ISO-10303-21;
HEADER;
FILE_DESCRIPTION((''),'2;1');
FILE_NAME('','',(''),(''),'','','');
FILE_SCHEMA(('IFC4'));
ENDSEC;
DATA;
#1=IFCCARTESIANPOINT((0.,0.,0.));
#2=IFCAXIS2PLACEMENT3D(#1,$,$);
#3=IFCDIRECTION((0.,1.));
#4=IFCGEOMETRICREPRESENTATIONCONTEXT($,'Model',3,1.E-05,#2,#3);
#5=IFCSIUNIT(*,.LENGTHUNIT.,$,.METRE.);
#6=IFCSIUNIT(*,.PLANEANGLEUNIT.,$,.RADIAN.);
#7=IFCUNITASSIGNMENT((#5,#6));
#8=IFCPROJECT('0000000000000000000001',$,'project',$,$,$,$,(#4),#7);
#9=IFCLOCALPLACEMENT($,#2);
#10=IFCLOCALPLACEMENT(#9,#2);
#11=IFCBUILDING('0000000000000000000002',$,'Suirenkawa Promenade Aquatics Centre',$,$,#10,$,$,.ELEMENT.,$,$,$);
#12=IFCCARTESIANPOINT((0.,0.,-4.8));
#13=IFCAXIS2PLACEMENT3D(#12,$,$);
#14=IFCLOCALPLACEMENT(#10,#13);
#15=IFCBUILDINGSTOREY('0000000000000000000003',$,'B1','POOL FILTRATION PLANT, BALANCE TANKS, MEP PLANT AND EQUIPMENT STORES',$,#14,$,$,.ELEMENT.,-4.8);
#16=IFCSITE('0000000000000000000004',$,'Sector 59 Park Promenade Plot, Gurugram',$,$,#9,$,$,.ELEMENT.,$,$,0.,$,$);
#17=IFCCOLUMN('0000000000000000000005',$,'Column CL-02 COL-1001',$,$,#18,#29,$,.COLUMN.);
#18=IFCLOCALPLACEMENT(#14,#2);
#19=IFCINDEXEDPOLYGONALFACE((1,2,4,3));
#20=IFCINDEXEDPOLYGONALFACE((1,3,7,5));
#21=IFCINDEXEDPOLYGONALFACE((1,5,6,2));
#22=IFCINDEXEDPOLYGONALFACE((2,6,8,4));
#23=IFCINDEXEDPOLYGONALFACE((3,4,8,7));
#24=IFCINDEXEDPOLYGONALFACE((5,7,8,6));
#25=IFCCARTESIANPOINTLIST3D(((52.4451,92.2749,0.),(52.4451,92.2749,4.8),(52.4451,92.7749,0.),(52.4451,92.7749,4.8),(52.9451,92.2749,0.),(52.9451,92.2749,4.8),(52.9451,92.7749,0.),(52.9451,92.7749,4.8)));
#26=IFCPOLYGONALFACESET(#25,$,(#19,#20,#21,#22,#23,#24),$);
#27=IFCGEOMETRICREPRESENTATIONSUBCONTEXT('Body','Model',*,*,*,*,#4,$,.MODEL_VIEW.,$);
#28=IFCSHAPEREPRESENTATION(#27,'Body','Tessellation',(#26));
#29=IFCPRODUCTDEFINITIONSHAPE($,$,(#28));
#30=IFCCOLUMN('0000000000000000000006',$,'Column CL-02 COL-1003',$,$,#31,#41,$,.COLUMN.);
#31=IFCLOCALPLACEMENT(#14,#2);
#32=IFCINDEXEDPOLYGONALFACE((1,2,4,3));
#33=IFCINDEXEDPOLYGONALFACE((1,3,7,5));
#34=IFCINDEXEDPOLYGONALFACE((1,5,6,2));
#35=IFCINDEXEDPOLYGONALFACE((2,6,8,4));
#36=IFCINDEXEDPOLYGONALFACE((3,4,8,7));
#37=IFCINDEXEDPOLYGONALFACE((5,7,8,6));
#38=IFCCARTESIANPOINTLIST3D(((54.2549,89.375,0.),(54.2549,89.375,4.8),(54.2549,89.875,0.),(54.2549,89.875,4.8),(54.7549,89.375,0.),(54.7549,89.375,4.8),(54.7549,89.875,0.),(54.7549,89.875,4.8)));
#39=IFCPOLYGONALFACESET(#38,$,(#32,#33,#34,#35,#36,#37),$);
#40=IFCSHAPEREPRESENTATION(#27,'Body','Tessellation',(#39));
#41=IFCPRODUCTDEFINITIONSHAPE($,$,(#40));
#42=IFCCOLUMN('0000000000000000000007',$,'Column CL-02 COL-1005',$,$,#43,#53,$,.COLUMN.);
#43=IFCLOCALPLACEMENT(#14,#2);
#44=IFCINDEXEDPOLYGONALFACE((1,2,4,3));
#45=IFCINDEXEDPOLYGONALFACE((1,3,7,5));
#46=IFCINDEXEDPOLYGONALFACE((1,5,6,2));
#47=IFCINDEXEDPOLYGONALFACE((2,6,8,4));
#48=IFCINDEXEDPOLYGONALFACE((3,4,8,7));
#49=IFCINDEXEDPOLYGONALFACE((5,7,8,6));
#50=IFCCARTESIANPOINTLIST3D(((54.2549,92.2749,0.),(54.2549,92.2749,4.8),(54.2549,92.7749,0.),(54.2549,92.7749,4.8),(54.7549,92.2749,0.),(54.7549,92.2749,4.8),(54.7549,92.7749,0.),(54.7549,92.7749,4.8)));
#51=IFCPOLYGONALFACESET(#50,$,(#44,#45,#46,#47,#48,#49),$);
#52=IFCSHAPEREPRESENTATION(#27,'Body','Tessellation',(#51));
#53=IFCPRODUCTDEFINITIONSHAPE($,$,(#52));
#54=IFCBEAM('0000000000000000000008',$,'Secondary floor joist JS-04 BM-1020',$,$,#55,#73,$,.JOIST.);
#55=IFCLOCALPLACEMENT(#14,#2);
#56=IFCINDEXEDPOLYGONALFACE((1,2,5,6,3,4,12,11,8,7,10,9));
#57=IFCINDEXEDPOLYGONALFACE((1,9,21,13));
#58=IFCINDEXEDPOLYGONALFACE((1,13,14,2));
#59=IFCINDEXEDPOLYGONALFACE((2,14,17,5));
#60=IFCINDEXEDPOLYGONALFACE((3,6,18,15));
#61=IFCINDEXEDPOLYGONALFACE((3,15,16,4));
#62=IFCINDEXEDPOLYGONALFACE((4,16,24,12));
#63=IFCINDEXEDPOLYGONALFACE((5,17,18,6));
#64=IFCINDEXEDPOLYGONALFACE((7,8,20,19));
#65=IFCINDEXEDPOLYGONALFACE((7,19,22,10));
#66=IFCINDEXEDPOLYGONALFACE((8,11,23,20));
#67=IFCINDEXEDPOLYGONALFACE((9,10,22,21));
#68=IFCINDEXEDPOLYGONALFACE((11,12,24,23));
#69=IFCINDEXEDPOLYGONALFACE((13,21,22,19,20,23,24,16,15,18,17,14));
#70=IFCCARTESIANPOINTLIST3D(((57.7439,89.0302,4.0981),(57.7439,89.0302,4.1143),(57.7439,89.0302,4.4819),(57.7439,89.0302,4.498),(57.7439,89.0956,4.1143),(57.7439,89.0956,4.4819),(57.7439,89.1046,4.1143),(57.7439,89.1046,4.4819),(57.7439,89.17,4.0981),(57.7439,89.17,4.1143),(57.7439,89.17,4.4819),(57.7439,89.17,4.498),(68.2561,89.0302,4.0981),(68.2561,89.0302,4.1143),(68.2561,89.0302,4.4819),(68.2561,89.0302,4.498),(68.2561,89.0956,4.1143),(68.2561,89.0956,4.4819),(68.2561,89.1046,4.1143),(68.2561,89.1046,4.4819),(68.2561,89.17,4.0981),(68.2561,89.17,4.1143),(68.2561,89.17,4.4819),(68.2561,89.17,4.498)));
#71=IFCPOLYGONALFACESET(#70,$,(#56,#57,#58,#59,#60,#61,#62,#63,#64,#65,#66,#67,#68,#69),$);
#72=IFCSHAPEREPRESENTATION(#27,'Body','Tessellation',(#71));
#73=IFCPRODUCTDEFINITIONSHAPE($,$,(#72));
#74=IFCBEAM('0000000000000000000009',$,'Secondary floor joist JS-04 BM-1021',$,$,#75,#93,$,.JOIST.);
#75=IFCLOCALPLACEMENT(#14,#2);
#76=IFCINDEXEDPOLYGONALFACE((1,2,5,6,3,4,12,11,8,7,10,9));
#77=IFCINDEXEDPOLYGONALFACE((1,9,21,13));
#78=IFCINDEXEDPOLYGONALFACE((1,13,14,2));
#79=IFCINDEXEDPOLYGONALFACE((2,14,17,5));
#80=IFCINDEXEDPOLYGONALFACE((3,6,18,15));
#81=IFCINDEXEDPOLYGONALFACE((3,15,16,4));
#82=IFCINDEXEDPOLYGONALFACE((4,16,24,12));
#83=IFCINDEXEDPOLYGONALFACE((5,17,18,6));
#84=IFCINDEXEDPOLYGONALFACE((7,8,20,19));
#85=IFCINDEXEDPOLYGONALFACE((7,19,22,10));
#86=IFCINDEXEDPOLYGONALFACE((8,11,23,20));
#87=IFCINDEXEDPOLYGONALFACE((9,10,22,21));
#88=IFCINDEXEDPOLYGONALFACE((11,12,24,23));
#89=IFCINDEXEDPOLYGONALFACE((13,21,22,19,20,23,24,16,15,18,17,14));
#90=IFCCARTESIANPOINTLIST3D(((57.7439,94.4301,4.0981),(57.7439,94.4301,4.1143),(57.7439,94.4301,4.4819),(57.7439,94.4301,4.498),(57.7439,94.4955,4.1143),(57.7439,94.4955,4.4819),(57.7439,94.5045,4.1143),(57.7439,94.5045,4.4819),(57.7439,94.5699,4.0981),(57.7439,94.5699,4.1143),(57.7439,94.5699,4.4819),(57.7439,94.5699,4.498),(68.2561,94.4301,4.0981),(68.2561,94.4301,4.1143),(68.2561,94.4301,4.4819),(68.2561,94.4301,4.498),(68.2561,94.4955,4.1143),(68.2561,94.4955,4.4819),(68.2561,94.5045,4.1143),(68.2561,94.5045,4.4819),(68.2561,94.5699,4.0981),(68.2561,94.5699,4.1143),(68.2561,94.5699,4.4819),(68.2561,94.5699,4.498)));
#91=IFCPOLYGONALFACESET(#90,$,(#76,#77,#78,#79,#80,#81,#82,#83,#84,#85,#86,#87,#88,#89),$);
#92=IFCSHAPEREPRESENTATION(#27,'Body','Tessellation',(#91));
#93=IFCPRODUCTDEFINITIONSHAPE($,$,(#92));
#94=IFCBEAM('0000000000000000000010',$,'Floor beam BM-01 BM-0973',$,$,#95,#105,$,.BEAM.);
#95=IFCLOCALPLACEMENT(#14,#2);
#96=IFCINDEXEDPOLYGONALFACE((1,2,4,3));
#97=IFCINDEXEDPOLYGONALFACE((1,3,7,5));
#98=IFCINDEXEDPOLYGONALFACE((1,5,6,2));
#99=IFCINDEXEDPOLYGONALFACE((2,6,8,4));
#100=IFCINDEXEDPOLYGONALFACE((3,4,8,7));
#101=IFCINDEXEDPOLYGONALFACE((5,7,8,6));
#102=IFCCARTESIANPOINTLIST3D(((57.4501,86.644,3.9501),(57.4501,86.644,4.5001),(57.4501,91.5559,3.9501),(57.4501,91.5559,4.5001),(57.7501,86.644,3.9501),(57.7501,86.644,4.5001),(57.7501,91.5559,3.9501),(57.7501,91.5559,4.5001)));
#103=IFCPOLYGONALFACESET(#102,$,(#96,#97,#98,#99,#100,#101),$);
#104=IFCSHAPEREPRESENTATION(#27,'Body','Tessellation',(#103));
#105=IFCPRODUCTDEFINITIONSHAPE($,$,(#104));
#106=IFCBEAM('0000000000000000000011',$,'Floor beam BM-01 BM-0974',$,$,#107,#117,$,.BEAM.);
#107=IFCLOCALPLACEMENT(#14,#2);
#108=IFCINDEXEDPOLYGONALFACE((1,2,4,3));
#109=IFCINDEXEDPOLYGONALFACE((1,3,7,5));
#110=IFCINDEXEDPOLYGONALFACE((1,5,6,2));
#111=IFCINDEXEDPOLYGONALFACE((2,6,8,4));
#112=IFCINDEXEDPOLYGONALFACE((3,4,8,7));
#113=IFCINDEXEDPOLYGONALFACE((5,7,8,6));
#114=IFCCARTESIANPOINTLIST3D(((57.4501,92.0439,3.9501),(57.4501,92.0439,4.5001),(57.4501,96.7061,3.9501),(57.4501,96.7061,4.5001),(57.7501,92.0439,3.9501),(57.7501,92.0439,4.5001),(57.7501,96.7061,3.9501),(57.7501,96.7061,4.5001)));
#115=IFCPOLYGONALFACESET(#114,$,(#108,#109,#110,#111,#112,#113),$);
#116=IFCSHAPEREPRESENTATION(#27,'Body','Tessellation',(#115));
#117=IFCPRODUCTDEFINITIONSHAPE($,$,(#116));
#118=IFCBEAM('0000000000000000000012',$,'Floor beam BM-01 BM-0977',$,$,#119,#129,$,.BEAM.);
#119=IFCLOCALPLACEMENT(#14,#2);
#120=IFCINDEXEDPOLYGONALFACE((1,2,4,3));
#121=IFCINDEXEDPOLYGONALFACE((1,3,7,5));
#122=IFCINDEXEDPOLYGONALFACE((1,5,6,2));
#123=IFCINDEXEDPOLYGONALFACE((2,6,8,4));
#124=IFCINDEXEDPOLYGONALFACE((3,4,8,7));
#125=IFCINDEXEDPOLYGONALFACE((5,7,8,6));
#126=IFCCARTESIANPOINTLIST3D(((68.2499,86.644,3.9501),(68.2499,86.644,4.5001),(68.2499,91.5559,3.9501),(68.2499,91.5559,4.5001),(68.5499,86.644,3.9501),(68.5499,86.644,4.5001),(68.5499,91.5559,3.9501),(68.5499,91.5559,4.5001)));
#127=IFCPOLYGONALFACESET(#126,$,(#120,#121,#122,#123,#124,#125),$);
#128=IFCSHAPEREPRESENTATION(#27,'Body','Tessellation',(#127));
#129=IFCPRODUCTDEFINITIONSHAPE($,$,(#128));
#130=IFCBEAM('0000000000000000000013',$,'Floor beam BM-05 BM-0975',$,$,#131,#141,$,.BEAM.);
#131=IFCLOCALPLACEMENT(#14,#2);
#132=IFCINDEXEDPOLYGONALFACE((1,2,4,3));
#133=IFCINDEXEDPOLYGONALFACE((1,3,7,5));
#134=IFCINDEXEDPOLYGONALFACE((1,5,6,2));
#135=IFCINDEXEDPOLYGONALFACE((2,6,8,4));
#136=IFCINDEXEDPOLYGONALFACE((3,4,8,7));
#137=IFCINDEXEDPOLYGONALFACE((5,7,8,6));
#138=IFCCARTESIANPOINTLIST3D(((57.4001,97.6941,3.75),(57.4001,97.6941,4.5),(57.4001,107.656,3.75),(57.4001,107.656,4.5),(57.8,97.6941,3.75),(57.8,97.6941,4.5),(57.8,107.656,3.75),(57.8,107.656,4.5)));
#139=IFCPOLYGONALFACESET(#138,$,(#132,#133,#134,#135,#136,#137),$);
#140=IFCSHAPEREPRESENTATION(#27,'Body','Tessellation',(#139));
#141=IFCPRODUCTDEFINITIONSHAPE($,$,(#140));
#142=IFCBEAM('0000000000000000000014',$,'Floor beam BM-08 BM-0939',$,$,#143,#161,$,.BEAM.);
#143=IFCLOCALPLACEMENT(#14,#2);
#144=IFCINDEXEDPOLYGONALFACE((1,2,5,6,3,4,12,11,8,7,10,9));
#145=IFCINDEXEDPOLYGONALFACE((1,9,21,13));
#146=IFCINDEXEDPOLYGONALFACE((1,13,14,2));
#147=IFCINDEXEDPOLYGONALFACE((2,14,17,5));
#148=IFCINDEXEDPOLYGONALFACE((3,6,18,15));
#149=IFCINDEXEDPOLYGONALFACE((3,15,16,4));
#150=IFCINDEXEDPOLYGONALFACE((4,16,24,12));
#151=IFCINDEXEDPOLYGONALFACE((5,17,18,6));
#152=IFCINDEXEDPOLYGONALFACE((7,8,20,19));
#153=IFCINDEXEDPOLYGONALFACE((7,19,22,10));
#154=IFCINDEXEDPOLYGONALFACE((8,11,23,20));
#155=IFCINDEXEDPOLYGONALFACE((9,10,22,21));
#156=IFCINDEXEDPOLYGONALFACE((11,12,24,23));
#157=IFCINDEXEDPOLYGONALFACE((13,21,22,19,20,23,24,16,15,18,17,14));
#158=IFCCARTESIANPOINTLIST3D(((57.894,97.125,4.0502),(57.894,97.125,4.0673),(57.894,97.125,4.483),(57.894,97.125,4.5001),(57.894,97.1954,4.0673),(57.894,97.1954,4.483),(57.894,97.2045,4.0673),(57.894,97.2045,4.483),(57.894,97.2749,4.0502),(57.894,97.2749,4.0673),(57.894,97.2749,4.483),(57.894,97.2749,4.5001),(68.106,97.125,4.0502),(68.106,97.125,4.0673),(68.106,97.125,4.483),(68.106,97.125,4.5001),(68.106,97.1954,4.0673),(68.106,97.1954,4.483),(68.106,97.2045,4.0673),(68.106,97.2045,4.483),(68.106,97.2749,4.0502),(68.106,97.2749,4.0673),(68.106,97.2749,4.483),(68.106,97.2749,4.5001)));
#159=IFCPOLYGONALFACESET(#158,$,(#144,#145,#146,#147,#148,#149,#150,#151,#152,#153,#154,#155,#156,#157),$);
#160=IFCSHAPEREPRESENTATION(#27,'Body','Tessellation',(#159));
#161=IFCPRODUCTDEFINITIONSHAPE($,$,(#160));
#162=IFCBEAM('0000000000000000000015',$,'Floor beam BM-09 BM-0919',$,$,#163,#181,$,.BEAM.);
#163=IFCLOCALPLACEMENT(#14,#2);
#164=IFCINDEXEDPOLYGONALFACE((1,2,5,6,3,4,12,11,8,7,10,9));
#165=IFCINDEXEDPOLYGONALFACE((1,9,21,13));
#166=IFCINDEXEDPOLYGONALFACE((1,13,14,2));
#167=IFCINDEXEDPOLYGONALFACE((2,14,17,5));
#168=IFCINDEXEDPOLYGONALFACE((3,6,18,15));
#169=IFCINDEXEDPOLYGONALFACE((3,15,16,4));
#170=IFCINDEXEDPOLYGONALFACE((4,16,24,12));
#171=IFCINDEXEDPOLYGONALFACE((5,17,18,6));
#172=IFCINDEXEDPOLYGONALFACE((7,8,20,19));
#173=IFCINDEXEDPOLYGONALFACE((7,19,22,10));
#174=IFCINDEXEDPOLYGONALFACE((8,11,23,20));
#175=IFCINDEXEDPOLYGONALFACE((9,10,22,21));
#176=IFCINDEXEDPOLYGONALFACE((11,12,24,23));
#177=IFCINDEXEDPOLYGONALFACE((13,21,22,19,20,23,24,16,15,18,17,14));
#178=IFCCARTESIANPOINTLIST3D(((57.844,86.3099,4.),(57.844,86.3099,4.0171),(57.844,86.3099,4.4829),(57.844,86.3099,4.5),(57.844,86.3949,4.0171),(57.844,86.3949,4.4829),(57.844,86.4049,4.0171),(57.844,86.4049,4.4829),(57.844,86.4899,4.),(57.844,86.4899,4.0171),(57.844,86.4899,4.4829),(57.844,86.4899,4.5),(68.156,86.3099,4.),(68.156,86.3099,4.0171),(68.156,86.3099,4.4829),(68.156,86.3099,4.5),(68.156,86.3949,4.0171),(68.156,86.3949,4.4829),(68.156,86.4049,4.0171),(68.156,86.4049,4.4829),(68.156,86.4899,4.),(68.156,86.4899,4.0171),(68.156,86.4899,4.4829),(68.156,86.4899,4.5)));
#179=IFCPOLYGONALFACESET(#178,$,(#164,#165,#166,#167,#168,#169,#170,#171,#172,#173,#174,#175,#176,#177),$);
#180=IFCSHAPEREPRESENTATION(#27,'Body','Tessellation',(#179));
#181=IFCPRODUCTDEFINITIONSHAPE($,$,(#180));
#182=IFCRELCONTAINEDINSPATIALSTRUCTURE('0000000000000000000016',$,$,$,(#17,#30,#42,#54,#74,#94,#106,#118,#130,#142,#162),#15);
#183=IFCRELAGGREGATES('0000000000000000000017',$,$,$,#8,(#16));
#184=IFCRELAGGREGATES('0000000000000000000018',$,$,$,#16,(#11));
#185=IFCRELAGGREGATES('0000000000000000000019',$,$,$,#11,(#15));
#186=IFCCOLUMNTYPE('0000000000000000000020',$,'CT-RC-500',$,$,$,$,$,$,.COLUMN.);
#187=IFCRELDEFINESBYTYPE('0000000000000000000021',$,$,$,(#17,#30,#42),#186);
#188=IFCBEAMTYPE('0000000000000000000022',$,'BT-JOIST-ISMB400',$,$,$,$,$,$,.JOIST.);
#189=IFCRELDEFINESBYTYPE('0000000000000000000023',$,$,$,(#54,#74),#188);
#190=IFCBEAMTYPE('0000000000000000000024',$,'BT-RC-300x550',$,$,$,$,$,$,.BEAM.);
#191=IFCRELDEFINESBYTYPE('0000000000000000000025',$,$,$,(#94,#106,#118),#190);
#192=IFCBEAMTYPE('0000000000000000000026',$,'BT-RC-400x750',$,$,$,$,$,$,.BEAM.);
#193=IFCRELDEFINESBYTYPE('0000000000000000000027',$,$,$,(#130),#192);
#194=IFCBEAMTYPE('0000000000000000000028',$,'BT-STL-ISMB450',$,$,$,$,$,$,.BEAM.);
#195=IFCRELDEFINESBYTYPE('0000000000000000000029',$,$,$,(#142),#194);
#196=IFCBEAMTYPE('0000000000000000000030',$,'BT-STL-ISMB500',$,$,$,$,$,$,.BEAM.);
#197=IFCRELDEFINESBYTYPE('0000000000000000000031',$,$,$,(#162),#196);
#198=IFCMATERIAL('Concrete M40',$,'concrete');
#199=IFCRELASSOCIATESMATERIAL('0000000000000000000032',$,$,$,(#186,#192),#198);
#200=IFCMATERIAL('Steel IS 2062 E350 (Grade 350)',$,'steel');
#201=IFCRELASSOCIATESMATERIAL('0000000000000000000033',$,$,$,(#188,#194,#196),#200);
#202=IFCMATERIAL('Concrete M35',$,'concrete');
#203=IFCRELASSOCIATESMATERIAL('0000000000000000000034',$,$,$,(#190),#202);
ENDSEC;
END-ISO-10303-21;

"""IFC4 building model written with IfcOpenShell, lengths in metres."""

from ifc_helpers import new_model, si_unit, direction, frame, origin, origin_2d, place, context, subcontext, project, spatial, rectangle, i_section, extrude, material, material_profile, profile_set, type_object, element, save


model = new_model("IFC4")

# Units and contexts
model_context = context("Model", 3, precision=1e-05, world=origin(), true_north=direction((0.0, 1.0)))
body_context = subcontext(model_context, "Body", "Model", "MODEL_VIEW")
ifc_project = project(units=[si_unit("LENGTHUNIT", "METRE"), si_unit("PLANEANGLEUNIT", "RADIAN")], contexts=[model_context])

# Site, building, storey
site_placement = place(None, origin())
site = spatial("IfcSite", under=ifc_project, at=site_placement, Name="Sector 59 Park Promenade Plot, Gurugram", CompositionType="ELEMENT", RefElevation=0.0)
building_placement = place(site_placement, origin())
building = spatial("IfcBuilding", under=site, at=building_placement, Name="Suirenkawa Promenade Aquatics Centre", CompositionType="ELEMENT")
storey_placement = place(building_placement, frame((0.0, 0.0, -4.8)))
storey = spatial("IfcBuildingStorey", under=building, at=storey_placement, Name="B1", Description="POOL FILTRATION PLANT, BALANCE TANKS, MEP PLANT AND EQUIPMENT STORES", CompositionType="ELEMENT", Elevation=-4.8)

# Shared definitions
ifc_material_1 = material(Name="Concrete M35", Category="concrete")

# Columns
ifc_material_2 = material(Name="Concrete M40", Category="concrete")
ifc_material_profile_1 = material_profile(ifc_material_2, rectangle(XDim=0.5, YDim=0.5, at=origin_2d()), Name="RC COL 500x500", Category="concrete")
ifc_profile_set_1 = profile_set([ifc_material_profile_1], Name="Concrete M40")
column_type_1 = type_object("IfcColumnType", Name="CT-RC-500", PredefinedType="COLUMN", material=ifc_profile_set_1)
for number, where, z_axis, x_axis, name in (
    (1, (52.6951, 92.5249, 0.0), (0.0, 0.0, 1.0), (1.0, 0.0, 0.0), "Column CL-02 COL-1001"),
    (2, (54.5049, 89.625, 0.0), (0.0, 0.0, 1.0), (1.0, 0.0, 0.0), "Column CL-02 COL-1003"),
    (3, (54.5049, 92.5249, 0.0), (0.0, 0.0, 1.0), (1.0, 0.0, 0.0), "Column CL-02 COL-1005"),
):
    element("IfcColumn", number, at=place(storey_placement, frame(where, z_axis=z_axis, x_axis=x_axis)), inside=storey, type_object=column_type_1, Name=name, PredefinedType="COLUMN", context=body_context, shape_type="SweptSolid", body=[
        extrude(rectangle(XDim=0.5, YDim=0.5, at=origin_2d()), origin(), (0.0, 0.0, 1.0), 4.8),
    ])

# Beams
ifc_material_3 = material(Name="Steel IS 2062 E350 (Grade 350)", Category="steel")
ifc_material_profile_2 = material_profile(ifc_material_3, i_section(OverallWidth=0.1399, OverallDepth=0.3999, WebThickness=0.009, FlangeThickness=0.0161, at=origin_2d()), Name="ISMB 400", Category="steel")
ifc_profile_set_2 = profile_set([ifc_material_profile_2], Name="Steel IS 2062 E350 (Grade 350)")
beam_type_1 = type_object("IfcBeamType", Name="BT-JOIST-ISMB400", PredefinedType="JOIST", material=ifc_profile_set_2)
for number, where, z_axis, x_axis, name in (
    (4, (57.7439, 89.1001, 4.2981), (1.0, 0.0, 0.0), (0.0, 1.0, 0.0), "Secondary floor joist JS-04 BM-1020"),
    (5, (57.7439, 94.5, 4.2981), (1.0, 0.0, 0.0), (0.0, 1.0, 0.0), "Secondary floor joist JS-04 BM-1021"),
):
    element("IfcBeam", number, at=place(storey_placement, frame(where, z_axis=z_axis, x_axis=x_axis)), inside=storey, type_object=beam_type_1, Name=name, PredefinedType="JOIST", context=body_context, shape_type="SweptSolid", body=[
        extrude(i_section(OverallWidth=0.1399, OverallDepth=0.3999, WebThickness=0.009, FlangeThickness=0.0161, at=origin_2d()), origin(), (0.0, 0.0, 1.0), 10.5122),
    ])
ifc_material_profile_3 = material_profile(ifc_material_1, rectangle(XDim=0.3, YDim=0.55, at=origin_2d()), Name="RC BM 300x550", Category="concrete")
ifc_profile_set_3 = profile_set([ifc_material_profile_3], Name="Concrete M35")
beam_type_2 = type_object("IfcBeamType", Name="BT-RC-300x550", PredefinedType="BEAM", material=ifc_profile_set_3)
beam_1_placement = place(storey_placement, frame((57.6001, 86.644, 4.2251), z_axis=(0.0, 1.0, 0.0), x_axis=(-1.0, 0.0, 0.0)))
element("IfcBeam", 6, at=beam_1_placement, inside=storey, type_object=beam_type_2, Name="Floor beam BM-01 BM-0973", PredefinedType="BEAM", context=body_context, shape_type="SweptSolid", body=[
    extrude(rectangle(XDim=0.3, YDim=0.55, at=origin_2d()), origin(), (0.0, 0.0, 1.0), 4.9119),
])
beam_2_placement = place(storey_placement, frame((57.6001, 92.0439, 4.2251), z_axis=(0.0, 1.0, 0.0), x_axis=(-1.0, 0.0, 0.0)))
element("IfcBeam", 7, at=beam_2_placement, inside=storey, type_object=beam_type_2, Name="Floor beam BM-01 BM-0974", PredefinedType="BEAM", context=body_context, shape_type="SweptSolid", body=[
    extrude(rectangle(XDim=0.3, YDim=0.55, at=origin_2d()), origin(), (0.0, 0.0, 1.0), 4.6621),
])
beam_3_placement = place(storey_placement, frame((68.3999, 86.644, 4.2251), z_axis=(0.0, 1.0, 0.0), x_axis=(-1.0, 0.0, 0.0)))
element("IfcBeam", 8, at=beam_3_placement, inside=storey, type_object=beam_type_2, Name="Floor beam BM-01 BM-0977", PredefinedType="BEAM", context=body_context, shape_type="SweptSolid", body=[
    extrude(rectangle(XDim=0.3, YDim=0.55, at=origin_2d()), origin(), (0.0, 0.0, 1.0), 4.9119),
])
ifc_material_profile_4 = material_profile(ifc_material_2, rectangle(XDim=0.3999, YDim=0.75, at=origin_2d()), Name="RC BM 400x750", Category="concrete")
ifc_profile_set_4 = profile_set([ifc_material_profile_4], Name="Concrete M40")
beam_type_3 = type_object("IfcBeamType", Name="BT-RC-400x750", PredefinedType="BEAM", material=ifc_profile_set_4)
beam_4_placement = place(storey_placement, frame((57.6001, 97.6941, 4.125), z_axis=(0.0, 1.0, 0.0), x_axis=(-1.0, 0.0, 0.0)))
element("IfcBeam", 9, at=beam_4_placement, inside=storey, type_object=beam_type_3, Name="Floor beam BM-05 BM-0975", PredefinedType="BEAM", context=body_context, shape_type="SweptSolid", body=[
    extrude(rectangle(XDim=0.3999, YDim=0.75, at=origin_2d()), origin(), (0.0, 0.0, 1.0), 9.9619),
])
ifc_material_profile_5 = material_profile(ifc_material_3, i_section(OverallWidth=0.1499, OverallDepth=0.45, WebThickness=0.009, FlangeThickness=0.0171, at=origin_2d()), Name="ISMB 450", Category="steel")
ifc_profile_set_5 = profile_set([ifc_material_profile_5], Name="Steel IS 2062 E350 (Grade 350)")
beam_type_4 = type_object("IfcBeamType", Name="BT-STL-ISMB450", PredefinedType="BEAM", material=ifc_profile_set_5)
beam_5_placement = place(storey_placement, frame((57.894, 97.2, 4.2751), z_axis=(1.0, 0.0, 0.0), x_axis=(0.0, 1.0, 0.0)))
element("IfcBeam", 10, at=beam_5_placement, inside=storey, type_object=beam_type_4, Name="Floor beam BM-08 BM-0939", PredefinedType="BEAM", context=body_context, shape_type="SweptSolid", body=[
    extrude(i_section(OverallWidth=0.1499, OverallDepth=0.45, WebThickness=0.009, FlangeThickness=0.0171, at=origin_2d()), origin(), (0.0, 0.0, 1.0), 10.2119),
])
ifc_material_profile_6 = material_profile(ifc_material_3, i_section(OverallWidth=0.1799, OverallDepth=0.5, WebThickness=0.01, FlangeThickness=0.0171, at=origin_2d()), Name="ISMB 500", Category="steel")
ifc_profile_set_6 = profile_set([ifc_material_profile_6], Name="Steel IS 2062 E350 (Grade 350)")
beam_type_5 = type_object("IfcBeamType", Name="BT-STL-ISMB500", PredefinedType="BEAM", material=ifc_profile_set_6)
beam_6_placement = place(storey_placement, frame((57.844, 86.3999, 4.25), z_axis=(1.0, 0.0, 0.0), x_axis=(0.0, 1.0, 0.0)))
element("IfcBeam", 11, at=beam_6_placement, inside=storey, type_object=beam_type_5, Name="Floor beam BM-09 BM-0919", PredefinedType="BEAM", context=body_context, shape_type="SweptSolid", body=[
    extrude(i_section(OverallWidth=0.1799, OverallDepth=0.5, WebThickness=0.01, FlangeThickness=0.0171, at=origin_2d()), origin(), (0.0, 0.0, 1.0), 10.312),
])

save(model, "model.ifc")
